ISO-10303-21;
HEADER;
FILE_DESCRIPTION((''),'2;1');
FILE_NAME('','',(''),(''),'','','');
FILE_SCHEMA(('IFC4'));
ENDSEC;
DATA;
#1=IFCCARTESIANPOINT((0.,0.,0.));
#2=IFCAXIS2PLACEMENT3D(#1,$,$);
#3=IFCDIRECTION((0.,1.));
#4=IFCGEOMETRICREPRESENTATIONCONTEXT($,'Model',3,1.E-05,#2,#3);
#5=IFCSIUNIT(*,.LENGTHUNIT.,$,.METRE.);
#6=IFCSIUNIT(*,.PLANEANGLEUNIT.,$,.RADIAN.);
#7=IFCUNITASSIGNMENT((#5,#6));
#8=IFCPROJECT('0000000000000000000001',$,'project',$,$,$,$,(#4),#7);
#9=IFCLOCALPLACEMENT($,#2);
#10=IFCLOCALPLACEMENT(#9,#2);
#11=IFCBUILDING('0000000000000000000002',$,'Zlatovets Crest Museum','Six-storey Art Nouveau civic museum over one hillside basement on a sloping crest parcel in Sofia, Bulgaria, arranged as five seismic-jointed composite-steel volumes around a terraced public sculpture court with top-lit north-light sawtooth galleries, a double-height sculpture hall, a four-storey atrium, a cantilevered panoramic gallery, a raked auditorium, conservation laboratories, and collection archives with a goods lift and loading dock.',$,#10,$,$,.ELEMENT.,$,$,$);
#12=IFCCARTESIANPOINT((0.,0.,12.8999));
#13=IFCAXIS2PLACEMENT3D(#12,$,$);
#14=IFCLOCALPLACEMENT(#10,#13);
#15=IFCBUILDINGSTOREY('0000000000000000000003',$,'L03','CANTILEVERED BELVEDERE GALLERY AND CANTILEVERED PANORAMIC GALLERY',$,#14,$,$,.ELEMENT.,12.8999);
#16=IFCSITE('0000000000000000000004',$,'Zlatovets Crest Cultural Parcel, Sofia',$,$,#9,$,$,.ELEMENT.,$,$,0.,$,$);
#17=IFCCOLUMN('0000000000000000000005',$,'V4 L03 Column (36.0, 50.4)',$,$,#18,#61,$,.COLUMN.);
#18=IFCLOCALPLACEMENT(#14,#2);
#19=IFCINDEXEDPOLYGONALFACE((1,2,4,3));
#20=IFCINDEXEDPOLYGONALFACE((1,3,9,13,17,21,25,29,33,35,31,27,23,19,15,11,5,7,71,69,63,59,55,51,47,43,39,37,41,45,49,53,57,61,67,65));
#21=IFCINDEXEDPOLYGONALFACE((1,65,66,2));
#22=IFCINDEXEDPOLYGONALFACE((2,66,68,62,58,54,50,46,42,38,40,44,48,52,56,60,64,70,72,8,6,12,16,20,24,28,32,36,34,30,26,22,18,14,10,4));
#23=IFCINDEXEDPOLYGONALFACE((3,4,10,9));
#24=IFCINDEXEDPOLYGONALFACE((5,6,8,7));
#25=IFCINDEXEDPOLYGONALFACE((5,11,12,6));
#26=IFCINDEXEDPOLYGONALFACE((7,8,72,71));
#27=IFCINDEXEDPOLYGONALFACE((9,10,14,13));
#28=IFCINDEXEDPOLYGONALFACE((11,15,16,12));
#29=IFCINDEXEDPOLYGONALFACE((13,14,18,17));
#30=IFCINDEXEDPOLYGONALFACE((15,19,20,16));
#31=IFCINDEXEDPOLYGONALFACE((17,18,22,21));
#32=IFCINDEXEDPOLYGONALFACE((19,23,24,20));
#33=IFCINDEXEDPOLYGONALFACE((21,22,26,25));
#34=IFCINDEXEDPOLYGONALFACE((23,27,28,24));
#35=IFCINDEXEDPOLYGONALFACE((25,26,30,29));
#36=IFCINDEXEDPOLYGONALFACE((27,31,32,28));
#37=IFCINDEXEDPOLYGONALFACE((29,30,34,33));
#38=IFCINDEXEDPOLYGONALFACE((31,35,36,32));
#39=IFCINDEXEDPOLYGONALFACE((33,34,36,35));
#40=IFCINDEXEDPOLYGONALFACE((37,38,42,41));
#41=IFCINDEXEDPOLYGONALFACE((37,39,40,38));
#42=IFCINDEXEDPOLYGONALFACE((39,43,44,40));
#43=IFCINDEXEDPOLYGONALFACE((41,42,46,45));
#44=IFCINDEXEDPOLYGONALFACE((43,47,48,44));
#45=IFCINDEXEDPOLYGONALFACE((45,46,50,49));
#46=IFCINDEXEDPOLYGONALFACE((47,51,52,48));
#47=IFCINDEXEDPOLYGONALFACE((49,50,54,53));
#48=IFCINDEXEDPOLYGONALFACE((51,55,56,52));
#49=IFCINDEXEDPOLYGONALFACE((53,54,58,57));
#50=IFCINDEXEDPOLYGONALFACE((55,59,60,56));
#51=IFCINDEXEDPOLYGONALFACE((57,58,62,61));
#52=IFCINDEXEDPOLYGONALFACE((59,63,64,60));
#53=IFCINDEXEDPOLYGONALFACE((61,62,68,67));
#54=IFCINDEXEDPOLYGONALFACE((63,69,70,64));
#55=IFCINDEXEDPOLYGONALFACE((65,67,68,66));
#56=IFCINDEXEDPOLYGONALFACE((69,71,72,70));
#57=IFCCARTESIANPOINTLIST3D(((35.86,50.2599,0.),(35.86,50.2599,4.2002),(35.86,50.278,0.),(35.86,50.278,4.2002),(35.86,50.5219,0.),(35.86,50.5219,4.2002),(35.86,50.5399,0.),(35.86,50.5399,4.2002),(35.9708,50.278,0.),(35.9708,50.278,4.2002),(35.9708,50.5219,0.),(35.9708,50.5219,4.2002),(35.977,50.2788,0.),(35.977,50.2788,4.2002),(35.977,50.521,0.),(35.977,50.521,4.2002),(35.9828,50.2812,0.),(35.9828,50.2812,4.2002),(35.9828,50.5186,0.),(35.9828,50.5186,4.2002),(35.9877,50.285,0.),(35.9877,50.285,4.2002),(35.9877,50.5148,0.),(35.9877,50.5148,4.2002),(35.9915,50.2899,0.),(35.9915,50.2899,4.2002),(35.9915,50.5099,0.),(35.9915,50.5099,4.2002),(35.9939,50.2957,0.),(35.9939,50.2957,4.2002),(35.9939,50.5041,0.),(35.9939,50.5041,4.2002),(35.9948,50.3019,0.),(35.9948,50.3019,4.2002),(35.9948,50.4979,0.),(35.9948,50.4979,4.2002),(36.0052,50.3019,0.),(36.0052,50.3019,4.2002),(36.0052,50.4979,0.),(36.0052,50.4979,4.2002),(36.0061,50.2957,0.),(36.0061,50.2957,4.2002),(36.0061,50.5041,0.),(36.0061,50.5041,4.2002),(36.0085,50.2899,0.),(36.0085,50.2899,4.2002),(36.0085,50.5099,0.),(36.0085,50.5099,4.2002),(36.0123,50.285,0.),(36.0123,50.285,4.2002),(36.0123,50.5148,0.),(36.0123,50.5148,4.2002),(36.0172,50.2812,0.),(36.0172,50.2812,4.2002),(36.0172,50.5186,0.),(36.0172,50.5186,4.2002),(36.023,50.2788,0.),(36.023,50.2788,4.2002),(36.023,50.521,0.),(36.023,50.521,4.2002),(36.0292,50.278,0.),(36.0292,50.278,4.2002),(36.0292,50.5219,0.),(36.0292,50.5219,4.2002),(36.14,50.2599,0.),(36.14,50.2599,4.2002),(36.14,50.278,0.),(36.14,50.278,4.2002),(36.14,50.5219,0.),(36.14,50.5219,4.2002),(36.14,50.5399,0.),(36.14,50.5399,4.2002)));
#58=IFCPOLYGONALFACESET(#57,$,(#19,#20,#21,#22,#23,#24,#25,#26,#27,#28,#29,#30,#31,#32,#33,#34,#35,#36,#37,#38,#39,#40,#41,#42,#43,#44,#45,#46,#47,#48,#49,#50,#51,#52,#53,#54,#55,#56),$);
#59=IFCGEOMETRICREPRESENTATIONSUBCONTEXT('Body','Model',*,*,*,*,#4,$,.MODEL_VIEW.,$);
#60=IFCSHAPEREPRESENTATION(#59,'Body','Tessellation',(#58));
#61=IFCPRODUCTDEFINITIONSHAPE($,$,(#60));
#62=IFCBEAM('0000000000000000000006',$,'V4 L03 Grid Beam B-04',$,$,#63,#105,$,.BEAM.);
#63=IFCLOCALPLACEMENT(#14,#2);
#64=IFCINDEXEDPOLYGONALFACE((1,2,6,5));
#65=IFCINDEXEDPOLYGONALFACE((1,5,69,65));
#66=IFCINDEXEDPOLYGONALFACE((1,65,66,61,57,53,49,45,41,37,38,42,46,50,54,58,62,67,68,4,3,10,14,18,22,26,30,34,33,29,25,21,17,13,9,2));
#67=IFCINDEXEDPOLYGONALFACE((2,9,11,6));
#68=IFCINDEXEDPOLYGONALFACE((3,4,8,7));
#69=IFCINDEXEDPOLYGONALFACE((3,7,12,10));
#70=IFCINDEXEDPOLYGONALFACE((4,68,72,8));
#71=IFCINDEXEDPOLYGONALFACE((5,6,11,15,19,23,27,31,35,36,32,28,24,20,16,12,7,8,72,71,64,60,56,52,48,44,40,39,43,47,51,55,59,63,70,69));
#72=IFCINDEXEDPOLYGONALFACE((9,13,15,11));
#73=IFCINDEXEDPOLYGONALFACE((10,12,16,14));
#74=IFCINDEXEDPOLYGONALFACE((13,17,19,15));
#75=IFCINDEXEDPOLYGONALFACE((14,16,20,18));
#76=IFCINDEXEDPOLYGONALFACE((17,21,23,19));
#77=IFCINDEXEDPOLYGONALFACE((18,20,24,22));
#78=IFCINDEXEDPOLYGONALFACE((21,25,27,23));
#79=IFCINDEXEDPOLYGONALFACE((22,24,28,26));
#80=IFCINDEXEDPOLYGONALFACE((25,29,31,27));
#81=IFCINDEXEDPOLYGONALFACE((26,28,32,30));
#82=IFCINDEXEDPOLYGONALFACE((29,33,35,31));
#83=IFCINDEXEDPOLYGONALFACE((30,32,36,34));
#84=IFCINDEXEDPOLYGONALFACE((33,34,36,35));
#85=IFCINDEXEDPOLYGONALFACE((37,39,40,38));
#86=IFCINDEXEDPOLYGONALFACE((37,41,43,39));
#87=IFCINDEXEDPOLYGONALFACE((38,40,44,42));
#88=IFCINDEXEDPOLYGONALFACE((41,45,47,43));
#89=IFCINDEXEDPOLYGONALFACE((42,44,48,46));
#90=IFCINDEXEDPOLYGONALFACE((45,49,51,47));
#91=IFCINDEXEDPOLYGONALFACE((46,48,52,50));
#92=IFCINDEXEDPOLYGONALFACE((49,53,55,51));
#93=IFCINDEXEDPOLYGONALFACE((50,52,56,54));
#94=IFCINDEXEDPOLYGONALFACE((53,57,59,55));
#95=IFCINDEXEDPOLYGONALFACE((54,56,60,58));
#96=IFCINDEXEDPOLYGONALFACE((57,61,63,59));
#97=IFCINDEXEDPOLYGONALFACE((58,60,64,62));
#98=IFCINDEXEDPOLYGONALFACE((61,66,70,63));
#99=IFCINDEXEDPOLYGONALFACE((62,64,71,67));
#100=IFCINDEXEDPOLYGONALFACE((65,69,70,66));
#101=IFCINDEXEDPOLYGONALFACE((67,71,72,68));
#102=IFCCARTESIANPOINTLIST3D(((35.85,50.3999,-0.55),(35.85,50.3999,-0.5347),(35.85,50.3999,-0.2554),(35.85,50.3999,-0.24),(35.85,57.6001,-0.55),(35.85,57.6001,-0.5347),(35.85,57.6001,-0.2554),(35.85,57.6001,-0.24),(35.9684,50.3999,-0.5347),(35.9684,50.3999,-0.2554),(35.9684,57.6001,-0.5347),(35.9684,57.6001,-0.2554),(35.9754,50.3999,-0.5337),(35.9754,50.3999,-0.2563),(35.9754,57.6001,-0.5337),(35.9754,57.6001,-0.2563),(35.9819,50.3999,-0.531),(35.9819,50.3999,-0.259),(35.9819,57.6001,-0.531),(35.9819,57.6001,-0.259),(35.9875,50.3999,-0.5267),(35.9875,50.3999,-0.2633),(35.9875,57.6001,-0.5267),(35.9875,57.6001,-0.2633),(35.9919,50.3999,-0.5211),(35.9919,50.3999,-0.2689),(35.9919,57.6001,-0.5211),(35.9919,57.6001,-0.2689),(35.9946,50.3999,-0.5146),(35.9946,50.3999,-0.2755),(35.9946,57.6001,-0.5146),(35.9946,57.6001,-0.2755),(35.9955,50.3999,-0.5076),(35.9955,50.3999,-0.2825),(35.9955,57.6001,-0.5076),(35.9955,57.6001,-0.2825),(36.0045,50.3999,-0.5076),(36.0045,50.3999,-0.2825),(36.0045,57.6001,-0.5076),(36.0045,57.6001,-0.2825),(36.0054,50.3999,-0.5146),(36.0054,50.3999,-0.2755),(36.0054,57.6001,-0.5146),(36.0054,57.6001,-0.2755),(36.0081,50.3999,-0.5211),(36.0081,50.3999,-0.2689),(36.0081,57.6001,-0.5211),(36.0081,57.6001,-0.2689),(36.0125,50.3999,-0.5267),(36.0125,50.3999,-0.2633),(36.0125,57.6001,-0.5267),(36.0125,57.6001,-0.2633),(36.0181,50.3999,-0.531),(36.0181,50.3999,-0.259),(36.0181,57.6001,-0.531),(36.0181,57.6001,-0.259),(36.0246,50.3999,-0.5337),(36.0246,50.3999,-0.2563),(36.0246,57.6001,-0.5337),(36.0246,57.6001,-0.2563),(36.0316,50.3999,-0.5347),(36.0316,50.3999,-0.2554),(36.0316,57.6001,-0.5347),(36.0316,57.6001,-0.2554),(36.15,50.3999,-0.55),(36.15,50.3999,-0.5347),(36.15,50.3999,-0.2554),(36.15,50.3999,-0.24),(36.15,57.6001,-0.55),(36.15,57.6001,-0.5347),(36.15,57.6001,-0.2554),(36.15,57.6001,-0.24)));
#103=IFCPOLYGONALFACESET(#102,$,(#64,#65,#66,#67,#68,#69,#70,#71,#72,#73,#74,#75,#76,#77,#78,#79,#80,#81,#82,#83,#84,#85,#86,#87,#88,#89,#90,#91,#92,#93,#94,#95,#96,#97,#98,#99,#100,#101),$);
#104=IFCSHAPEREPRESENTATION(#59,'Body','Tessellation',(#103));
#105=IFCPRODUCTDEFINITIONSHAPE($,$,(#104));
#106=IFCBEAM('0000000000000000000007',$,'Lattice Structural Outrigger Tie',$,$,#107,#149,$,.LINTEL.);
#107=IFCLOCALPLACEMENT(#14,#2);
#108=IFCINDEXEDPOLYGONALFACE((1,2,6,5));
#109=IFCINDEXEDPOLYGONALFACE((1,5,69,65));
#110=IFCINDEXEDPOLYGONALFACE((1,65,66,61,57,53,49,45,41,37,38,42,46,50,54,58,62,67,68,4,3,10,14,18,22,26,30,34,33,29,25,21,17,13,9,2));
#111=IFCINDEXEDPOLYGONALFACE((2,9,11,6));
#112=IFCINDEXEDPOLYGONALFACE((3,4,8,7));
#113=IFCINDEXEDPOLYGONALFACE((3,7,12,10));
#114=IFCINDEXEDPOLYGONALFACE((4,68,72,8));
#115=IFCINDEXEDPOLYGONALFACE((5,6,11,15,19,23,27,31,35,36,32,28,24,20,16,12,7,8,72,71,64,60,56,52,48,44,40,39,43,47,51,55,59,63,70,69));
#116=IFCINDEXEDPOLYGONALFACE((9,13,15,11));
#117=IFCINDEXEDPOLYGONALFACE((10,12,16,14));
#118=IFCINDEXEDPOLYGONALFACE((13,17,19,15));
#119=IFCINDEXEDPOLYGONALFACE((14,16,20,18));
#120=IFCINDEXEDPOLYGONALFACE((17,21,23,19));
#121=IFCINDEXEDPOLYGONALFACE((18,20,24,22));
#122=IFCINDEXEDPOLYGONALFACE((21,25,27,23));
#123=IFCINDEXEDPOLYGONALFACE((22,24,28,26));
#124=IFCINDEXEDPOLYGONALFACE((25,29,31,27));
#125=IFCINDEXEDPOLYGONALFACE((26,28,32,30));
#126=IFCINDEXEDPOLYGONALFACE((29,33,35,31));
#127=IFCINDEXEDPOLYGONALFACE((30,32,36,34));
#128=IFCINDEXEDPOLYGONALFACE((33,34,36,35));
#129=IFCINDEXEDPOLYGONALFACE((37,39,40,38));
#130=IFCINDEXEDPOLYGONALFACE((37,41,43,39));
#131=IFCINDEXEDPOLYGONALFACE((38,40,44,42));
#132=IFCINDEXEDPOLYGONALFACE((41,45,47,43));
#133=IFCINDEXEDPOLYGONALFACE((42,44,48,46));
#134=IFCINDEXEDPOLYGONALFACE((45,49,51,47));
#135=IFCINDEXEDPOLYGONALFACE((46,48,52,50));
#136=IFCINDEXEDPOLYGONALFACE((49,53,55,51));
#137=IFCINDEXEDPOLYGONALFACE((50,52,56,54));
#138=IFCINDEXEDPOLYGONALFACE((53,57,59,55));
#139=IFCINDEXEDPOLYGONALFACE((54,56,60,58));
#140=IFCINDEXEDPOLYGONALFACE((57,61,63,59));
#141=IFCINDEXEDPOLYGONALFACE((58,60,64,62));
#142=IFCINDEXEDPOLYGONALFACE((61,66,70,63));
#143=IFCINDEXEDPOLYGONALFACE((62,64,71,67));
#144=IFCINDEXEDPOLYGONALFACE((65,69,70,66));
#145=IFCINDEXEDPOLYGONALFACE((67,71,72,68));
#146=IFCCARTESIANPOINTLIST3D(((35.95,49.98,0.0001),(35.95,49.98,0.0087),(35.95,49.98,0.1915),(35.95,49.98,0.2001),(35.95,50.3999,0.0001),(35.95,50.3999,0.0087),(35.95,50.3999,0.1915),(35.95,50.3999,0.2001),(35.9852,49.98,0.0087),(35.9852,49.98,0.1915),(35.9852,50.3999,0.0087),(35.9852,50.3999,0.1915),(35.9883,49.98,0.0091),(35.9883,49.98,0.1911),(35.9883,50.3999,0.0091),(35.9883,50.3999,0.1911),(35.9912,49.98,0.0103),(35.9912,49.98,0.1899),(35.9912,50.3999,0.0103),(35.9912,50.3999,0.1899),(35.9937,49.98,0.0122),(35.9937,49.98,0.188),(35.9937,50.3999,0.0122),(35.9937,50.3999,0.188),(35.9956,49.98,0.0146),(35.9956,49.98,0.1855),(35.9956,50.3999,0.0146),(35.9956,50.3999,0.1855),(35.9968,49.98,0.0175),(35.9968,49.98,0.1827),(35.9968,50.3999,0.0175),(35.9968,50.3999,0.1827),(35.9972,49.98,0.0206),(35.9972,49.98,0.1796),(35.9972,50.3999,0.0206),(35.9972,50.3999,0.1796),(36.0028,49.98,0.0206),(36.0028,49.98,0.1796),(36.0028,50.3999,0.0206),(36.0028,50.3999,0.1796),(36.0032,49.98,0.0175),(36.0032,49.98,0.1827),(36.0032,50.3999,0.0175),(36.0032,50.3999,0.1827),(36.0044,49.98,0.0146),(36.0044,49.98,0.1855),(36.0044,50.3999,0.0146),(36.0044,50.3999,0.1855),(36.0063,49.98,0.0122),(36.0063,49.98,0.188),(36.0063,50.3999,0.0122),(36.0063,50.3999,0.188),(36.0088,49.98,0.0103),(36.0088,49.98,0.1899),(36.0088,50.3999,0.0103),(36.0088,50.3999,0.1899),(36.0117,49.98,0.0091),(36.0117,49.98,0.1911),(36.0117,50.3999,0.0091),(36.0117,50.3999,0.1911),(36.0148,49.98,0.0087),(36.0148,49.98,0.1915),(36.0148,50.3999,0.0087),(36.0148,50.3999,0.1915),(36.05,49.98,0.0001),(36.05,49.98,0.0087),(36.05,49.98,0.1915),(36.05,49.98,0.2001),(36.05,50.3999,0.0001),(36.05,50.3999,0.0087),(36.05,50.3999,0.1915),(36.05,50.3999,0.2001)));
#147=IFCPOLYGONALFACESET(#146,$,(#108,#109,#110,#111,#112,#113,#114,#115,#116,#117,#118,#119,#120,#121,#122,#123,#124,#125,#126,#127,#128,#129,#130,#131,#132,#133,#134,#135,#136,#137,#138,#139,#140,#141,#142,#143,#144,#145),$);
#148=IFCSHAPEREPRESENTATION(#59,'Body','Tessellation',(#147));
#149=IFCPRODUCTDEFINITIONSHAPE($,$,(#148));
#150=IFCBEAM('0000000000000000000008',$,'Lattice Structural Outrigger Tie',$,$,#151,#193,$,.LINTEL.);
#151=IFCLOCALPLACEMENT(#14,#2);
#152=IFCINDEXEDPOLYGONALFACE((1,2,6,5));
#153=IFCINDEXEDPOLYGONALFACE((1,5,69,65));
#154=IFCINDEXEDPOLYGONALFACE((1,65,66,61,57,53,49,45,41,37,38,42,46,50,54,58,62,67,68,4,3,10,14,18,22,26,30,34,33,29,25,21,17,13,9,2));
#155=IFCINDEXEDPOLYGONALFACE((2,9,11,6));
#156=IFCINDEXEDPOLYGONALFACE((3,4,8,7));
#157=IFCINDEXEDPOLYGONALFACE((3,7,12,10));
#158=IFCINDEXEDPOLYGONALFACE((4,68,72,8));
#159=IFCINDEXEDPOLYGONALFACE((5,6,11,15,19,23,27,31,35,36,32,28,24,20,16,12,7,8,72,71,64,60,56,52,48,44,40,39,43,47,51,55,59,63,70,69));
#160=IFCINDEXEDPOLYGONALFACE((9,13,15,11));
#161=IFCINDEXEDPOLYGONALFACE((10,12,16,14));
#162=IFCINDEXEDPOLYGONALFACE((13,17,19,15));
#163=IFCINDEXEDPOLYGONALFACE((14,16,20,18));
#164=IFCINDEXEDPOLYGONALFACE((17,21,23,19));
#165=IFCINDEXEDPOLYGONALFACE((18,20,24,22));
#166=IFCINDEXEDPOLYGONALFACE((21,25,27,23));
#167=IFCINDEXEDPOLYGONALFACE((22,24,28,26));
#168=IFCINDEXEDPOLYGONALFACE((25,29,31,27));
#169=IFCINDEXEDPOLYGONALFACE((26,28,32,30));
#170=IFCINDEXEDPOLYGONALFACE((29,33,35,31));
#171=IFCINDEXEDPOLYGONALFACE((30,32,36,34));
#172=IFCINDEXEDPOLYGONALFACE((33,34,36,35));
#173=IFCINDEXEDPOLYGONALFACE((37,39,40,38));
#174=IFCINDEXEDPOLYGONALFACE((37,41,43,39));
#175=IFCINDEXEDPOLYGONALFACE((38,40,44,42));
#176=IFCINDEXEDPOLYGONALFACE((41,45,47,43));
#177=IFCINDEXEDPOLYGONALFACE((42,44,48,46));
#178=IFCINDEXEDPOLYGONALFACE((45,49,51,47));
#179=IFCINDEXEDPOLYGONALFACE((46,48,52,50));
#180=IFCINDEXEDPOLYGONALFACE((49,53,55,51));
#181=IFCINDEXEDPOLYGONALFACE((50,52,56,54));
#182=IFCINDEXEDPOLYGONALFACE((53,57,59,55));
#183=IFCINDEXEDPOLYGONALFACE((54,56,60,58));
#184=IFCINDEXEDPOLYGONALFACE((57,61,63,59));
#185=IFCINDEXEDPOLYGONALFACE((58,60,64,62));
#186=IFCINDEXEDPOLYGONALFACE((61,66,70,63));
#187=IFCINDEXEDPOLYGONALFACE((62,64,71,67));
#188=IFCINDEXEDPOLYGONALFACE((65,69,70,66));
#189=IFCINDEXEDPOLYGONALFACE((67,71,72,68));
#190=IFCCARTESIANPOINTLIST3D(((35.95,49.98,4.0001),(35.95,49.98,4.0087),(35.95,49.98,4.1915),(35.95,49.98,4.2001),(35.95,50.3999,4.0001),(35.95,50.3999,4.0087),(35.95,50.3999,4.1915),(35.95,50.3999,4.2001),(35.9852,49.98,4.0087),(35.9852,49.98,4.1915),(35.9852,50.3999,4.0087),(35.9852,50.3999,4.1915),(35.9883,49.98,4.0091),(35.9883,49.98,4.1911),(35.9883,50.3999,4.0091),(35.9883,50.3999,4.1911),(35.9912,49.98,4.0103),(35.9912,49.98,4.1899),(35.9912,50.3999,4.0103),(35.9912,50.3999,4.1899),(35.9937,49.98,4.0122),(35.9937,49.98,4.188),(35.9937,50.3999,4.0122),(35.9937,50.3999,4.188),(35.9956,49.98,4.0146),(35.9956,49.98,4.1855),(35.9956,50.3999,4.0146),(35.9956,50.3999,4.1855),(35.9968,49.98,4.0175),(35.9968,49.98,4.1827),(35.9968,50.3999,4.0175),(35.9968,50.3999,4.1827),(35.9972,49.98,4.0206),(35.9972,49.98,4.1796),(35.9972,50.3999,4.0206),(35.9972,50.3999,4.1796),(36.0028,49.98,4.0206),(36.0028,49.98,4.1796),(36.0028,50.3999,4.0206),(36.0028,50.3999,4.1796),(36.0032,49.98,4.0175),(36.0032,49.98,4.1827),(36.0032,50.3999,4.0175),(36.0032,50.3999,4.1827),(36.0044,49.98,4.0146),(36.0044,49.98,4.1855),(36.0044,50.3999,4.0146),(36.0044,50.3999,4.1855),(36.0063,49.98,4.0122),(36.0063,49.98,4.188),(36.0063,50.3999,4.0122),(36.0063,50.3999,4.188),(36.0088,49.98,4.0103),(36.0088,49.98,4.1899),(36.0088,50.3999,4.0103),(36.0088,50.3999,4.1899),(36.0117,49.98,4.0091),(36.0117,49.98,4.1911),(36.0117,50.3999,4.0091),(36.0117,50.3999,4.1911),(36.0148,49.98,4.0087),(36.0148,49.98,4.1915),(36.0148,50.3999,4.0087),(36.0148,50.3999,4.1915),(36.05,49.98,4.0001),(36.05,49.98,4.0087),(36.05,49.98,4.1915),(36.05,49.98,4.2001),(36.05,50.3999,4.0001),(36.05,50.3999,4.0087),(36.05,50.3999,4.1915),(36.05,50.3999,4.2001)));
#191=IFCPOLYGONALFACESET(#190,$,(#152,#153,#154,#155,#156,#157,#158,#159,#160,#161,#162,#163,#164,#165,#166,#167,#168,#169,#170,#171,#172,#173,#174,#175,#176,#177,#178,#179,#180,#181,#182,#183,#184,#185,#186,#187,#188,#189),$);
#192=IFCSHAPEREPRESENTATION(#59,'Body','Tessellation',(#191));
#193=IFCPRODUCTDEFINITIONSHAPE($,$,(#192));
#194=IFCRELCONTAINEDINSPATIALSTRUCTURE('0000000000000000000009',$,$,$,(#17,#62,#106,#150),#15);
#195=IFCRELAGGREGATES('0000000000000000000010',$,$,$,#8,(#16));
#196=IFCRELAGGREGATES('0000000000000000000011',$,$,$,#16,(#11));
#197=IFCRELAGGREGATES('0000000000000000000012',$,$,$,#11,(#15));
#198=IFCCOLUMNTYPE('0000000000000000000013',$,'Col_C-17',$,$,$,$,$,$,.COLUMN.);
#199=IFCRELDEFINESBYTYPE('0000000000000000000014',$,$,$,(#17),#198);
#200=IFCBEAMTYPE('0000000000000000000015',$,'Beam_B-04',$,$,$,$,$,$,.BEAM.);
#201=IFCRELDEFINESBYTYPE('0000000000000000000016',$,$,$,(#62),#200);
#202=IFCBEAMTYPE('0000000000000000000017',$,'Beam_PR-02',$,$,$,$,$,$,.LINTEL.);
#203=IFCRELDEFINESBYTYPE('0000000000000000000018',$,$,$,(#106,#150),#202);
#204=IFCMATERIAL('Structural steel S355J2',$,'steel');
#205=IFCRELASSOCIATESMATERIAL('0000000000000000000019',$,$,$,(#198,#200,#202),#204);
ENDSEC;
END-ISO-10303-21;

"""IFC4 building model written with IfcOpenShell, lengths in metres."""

from ifc_helpers import new_model, si_unit, direction, frame, origin, origin_2d, place, context, subcontext, project, spatial, i_section, extrude, material, material_profile, profile_set, type_object, element, save


model = new_model("IFC4")

# Units and contexts
model_context = context("Model", 3, precision=1e-05, world=origin(), true_north=direction((0.0, 1.0)))
body_context = subcontext(model_context, "Body", "Model", "MODEL_VIEW")
ifc_project = project(units=[si_unit("LENGTHUNIT", "METRE"), si_unit("PLANEANGLEUNIT", "RADIAN")], contexts=[model_context])

# Site, building, storey
site_placement = place(None, origin())
site = spatial("IfcSite", under=ifc_project, at=site_placement, Name="Zlatovets Crest Cultural Parcel, Sofia", CompositionType="ELEMENT", RefElevation=0.0)
building_placement = place(site_placement, origin())
building = spatial("IfcBuilding", under=site, at=building_placement, Name="Zlatovets Crest Museum", Description="Six-storey Art Nouveau civic museum over one hillside basement on a sloping crest parcel in Sofia, Bulgaria, arranged as five seismic-jointed composite-steel volumes around a terraced public sculpture court with top-lit north-light sawtooth galleries, a double-height sculpture hall, a four-storey atrium, a cantilevered panoramic gallery, a raked auditorium, conservation laboratories, and collection archives with a goods lift and loading dock.", CompositionType="ELEMENT")
storey_placement = place(building_placement, frame((0.0, 0.0, 12.8999)))
storey = spatial("IfcBuildingStorey", under=building, at=storey_placement, Name="L03", Description="CANTILEVERED BELVEDERE GALLERY AND CANTILEVERED PANORAMIC GALLERY", CompositionType="ELEMENT", Elevation=12.8999)

# Column
ifc_material_1 = material(Name="Structural steel S355J2", Category="steel")
ifc_material_profile_1 = material_profile(ifc_material_1, i_section(OverallWidth=0.28, OverallDepth=0.28, WebThickness=0.0105, FlangeThickness=0.0181, FilletRadius=0.0239, at=origin_2d()), Name="HEB 280")
ifc_profile_set_1 = profile_set([ifc_material_profile_1], Name="Structural steel S355J2")
column_type = type_object("IfcColumnType", Name="Col_C-17", PredefinedType="COLUMN", material=ifc_profile_set_1)
column_placement = place(storey_placement, frame((36.0, 50.3999, 0.0), z_axis=(0.0, 0.0, 1.0), x_axis=(1.0, 0.0, 0.0)))
element("IfcColumn", 1, at=column_placement, inside=storey, type_object=column_type, Name="V4 L03 Column (36.0, 50.4)", PredefinedType="COLUMN", context=body_context, shape_type="SweptSolid", body=[
    extrude(i_section(OverallWidth=0.28, OverallDepth=0.28, WebThickness=0.0105, FlangeThickness=0.0181, FilletRadius=0.0239, at=origin_2d()), origin(), (0.0, 0.0, 1.0), 4.2002),
])

# Beams
ifc_material_profile_2 = material_profile(ifc_material_1, i_section(OverallWidth=0.3, OverallDepth=0.3101, WebThickness=0.009, FlangeThickness=0.0154, FilletRadius=0.0271, at=origin_2d()), Name="HEA 320")
ifc_profile_set_2 = profile_set([ifc_material_profile_2], Name="Structural steel S355J2")
beam_type_1 = type_object("IfcBeamType", Name="Beam_B-04", PredefinedType="BEAM", material=ifc_profile_set_2)
beam_placement = place(storey_placement, frame((36.0, 50.3999, -0.395), z_axis=(0.0, 1.0, 0.0), x_axis=(-1.0, 0.0, 0.0)))
element("IfcBeam", 2, at=beam_placement, inside=storey, type_object=beam_type_1, Name="V4 L03 Grid Beam B-04", PredefinedType="BEAM", context=body_context, shape_type="SweptSolid", body=[
    extrude(i_section(OverallWidth=0.3, OverallDepth=0.3101, WebThickness=0.009, FlangeThickness=0.0154, FilletRadius=0.0271, at=origin_2d()), origin(), (0.0, 0.0, 1.0), 7.2002),
])
ifc_material_profile_3 = material_profile(ifc_material_1, i_section(OverallWidth=0.1001, OverallDepth=0.2, WebThickness=0.0056, FlangeThickness=0.0085, FilletRadius=0.012, at=origin_2d()), Name="IPE 200")
ifc_profile_set_3 = profile_set([ifc_material_profile_3], Name="Structural steel S355J2")
beam_type_2 = type_object("IfcBeamType", Name="Beam_PR-02", PredefinedType="LINTEL", material=ifc_profile_set_3)
for number, where, z_axis, x_axis, name in (
    (3, (36.0, 50.3999, 0.1001), (0.0, -1.0, 0.0), (1.0, 0.0, 0.0), "Lattice Structural Outrigger Tie"),
    (4, (36.0, 50.3999, 4.1001), (0.0, -1.0, 0.0), (1.0, 0.0, 0.0), "Lattice Structural Outrigger Tie"),
):
    element("IfcBeam", number, at=place(storey_placement, frame(where, z_axis=z_axis, x_axis=x_axis)), inside=storey, type_object=beam_type_2, Name=name, PredefinedType="LINTEL", context=body_context, shape_type="SweptSolid", body=[
        extrude(i_section(OverallWidth=0.1001, OverallDepth=0.2, WebThickness=0.0056, FlangeThickness=0.0085, FilletRadius=0.012, at=origin_2d()), origin(), (0.0, 0.0, 1.0), 0.4199),
    ])

save(model, "model.ifc")
